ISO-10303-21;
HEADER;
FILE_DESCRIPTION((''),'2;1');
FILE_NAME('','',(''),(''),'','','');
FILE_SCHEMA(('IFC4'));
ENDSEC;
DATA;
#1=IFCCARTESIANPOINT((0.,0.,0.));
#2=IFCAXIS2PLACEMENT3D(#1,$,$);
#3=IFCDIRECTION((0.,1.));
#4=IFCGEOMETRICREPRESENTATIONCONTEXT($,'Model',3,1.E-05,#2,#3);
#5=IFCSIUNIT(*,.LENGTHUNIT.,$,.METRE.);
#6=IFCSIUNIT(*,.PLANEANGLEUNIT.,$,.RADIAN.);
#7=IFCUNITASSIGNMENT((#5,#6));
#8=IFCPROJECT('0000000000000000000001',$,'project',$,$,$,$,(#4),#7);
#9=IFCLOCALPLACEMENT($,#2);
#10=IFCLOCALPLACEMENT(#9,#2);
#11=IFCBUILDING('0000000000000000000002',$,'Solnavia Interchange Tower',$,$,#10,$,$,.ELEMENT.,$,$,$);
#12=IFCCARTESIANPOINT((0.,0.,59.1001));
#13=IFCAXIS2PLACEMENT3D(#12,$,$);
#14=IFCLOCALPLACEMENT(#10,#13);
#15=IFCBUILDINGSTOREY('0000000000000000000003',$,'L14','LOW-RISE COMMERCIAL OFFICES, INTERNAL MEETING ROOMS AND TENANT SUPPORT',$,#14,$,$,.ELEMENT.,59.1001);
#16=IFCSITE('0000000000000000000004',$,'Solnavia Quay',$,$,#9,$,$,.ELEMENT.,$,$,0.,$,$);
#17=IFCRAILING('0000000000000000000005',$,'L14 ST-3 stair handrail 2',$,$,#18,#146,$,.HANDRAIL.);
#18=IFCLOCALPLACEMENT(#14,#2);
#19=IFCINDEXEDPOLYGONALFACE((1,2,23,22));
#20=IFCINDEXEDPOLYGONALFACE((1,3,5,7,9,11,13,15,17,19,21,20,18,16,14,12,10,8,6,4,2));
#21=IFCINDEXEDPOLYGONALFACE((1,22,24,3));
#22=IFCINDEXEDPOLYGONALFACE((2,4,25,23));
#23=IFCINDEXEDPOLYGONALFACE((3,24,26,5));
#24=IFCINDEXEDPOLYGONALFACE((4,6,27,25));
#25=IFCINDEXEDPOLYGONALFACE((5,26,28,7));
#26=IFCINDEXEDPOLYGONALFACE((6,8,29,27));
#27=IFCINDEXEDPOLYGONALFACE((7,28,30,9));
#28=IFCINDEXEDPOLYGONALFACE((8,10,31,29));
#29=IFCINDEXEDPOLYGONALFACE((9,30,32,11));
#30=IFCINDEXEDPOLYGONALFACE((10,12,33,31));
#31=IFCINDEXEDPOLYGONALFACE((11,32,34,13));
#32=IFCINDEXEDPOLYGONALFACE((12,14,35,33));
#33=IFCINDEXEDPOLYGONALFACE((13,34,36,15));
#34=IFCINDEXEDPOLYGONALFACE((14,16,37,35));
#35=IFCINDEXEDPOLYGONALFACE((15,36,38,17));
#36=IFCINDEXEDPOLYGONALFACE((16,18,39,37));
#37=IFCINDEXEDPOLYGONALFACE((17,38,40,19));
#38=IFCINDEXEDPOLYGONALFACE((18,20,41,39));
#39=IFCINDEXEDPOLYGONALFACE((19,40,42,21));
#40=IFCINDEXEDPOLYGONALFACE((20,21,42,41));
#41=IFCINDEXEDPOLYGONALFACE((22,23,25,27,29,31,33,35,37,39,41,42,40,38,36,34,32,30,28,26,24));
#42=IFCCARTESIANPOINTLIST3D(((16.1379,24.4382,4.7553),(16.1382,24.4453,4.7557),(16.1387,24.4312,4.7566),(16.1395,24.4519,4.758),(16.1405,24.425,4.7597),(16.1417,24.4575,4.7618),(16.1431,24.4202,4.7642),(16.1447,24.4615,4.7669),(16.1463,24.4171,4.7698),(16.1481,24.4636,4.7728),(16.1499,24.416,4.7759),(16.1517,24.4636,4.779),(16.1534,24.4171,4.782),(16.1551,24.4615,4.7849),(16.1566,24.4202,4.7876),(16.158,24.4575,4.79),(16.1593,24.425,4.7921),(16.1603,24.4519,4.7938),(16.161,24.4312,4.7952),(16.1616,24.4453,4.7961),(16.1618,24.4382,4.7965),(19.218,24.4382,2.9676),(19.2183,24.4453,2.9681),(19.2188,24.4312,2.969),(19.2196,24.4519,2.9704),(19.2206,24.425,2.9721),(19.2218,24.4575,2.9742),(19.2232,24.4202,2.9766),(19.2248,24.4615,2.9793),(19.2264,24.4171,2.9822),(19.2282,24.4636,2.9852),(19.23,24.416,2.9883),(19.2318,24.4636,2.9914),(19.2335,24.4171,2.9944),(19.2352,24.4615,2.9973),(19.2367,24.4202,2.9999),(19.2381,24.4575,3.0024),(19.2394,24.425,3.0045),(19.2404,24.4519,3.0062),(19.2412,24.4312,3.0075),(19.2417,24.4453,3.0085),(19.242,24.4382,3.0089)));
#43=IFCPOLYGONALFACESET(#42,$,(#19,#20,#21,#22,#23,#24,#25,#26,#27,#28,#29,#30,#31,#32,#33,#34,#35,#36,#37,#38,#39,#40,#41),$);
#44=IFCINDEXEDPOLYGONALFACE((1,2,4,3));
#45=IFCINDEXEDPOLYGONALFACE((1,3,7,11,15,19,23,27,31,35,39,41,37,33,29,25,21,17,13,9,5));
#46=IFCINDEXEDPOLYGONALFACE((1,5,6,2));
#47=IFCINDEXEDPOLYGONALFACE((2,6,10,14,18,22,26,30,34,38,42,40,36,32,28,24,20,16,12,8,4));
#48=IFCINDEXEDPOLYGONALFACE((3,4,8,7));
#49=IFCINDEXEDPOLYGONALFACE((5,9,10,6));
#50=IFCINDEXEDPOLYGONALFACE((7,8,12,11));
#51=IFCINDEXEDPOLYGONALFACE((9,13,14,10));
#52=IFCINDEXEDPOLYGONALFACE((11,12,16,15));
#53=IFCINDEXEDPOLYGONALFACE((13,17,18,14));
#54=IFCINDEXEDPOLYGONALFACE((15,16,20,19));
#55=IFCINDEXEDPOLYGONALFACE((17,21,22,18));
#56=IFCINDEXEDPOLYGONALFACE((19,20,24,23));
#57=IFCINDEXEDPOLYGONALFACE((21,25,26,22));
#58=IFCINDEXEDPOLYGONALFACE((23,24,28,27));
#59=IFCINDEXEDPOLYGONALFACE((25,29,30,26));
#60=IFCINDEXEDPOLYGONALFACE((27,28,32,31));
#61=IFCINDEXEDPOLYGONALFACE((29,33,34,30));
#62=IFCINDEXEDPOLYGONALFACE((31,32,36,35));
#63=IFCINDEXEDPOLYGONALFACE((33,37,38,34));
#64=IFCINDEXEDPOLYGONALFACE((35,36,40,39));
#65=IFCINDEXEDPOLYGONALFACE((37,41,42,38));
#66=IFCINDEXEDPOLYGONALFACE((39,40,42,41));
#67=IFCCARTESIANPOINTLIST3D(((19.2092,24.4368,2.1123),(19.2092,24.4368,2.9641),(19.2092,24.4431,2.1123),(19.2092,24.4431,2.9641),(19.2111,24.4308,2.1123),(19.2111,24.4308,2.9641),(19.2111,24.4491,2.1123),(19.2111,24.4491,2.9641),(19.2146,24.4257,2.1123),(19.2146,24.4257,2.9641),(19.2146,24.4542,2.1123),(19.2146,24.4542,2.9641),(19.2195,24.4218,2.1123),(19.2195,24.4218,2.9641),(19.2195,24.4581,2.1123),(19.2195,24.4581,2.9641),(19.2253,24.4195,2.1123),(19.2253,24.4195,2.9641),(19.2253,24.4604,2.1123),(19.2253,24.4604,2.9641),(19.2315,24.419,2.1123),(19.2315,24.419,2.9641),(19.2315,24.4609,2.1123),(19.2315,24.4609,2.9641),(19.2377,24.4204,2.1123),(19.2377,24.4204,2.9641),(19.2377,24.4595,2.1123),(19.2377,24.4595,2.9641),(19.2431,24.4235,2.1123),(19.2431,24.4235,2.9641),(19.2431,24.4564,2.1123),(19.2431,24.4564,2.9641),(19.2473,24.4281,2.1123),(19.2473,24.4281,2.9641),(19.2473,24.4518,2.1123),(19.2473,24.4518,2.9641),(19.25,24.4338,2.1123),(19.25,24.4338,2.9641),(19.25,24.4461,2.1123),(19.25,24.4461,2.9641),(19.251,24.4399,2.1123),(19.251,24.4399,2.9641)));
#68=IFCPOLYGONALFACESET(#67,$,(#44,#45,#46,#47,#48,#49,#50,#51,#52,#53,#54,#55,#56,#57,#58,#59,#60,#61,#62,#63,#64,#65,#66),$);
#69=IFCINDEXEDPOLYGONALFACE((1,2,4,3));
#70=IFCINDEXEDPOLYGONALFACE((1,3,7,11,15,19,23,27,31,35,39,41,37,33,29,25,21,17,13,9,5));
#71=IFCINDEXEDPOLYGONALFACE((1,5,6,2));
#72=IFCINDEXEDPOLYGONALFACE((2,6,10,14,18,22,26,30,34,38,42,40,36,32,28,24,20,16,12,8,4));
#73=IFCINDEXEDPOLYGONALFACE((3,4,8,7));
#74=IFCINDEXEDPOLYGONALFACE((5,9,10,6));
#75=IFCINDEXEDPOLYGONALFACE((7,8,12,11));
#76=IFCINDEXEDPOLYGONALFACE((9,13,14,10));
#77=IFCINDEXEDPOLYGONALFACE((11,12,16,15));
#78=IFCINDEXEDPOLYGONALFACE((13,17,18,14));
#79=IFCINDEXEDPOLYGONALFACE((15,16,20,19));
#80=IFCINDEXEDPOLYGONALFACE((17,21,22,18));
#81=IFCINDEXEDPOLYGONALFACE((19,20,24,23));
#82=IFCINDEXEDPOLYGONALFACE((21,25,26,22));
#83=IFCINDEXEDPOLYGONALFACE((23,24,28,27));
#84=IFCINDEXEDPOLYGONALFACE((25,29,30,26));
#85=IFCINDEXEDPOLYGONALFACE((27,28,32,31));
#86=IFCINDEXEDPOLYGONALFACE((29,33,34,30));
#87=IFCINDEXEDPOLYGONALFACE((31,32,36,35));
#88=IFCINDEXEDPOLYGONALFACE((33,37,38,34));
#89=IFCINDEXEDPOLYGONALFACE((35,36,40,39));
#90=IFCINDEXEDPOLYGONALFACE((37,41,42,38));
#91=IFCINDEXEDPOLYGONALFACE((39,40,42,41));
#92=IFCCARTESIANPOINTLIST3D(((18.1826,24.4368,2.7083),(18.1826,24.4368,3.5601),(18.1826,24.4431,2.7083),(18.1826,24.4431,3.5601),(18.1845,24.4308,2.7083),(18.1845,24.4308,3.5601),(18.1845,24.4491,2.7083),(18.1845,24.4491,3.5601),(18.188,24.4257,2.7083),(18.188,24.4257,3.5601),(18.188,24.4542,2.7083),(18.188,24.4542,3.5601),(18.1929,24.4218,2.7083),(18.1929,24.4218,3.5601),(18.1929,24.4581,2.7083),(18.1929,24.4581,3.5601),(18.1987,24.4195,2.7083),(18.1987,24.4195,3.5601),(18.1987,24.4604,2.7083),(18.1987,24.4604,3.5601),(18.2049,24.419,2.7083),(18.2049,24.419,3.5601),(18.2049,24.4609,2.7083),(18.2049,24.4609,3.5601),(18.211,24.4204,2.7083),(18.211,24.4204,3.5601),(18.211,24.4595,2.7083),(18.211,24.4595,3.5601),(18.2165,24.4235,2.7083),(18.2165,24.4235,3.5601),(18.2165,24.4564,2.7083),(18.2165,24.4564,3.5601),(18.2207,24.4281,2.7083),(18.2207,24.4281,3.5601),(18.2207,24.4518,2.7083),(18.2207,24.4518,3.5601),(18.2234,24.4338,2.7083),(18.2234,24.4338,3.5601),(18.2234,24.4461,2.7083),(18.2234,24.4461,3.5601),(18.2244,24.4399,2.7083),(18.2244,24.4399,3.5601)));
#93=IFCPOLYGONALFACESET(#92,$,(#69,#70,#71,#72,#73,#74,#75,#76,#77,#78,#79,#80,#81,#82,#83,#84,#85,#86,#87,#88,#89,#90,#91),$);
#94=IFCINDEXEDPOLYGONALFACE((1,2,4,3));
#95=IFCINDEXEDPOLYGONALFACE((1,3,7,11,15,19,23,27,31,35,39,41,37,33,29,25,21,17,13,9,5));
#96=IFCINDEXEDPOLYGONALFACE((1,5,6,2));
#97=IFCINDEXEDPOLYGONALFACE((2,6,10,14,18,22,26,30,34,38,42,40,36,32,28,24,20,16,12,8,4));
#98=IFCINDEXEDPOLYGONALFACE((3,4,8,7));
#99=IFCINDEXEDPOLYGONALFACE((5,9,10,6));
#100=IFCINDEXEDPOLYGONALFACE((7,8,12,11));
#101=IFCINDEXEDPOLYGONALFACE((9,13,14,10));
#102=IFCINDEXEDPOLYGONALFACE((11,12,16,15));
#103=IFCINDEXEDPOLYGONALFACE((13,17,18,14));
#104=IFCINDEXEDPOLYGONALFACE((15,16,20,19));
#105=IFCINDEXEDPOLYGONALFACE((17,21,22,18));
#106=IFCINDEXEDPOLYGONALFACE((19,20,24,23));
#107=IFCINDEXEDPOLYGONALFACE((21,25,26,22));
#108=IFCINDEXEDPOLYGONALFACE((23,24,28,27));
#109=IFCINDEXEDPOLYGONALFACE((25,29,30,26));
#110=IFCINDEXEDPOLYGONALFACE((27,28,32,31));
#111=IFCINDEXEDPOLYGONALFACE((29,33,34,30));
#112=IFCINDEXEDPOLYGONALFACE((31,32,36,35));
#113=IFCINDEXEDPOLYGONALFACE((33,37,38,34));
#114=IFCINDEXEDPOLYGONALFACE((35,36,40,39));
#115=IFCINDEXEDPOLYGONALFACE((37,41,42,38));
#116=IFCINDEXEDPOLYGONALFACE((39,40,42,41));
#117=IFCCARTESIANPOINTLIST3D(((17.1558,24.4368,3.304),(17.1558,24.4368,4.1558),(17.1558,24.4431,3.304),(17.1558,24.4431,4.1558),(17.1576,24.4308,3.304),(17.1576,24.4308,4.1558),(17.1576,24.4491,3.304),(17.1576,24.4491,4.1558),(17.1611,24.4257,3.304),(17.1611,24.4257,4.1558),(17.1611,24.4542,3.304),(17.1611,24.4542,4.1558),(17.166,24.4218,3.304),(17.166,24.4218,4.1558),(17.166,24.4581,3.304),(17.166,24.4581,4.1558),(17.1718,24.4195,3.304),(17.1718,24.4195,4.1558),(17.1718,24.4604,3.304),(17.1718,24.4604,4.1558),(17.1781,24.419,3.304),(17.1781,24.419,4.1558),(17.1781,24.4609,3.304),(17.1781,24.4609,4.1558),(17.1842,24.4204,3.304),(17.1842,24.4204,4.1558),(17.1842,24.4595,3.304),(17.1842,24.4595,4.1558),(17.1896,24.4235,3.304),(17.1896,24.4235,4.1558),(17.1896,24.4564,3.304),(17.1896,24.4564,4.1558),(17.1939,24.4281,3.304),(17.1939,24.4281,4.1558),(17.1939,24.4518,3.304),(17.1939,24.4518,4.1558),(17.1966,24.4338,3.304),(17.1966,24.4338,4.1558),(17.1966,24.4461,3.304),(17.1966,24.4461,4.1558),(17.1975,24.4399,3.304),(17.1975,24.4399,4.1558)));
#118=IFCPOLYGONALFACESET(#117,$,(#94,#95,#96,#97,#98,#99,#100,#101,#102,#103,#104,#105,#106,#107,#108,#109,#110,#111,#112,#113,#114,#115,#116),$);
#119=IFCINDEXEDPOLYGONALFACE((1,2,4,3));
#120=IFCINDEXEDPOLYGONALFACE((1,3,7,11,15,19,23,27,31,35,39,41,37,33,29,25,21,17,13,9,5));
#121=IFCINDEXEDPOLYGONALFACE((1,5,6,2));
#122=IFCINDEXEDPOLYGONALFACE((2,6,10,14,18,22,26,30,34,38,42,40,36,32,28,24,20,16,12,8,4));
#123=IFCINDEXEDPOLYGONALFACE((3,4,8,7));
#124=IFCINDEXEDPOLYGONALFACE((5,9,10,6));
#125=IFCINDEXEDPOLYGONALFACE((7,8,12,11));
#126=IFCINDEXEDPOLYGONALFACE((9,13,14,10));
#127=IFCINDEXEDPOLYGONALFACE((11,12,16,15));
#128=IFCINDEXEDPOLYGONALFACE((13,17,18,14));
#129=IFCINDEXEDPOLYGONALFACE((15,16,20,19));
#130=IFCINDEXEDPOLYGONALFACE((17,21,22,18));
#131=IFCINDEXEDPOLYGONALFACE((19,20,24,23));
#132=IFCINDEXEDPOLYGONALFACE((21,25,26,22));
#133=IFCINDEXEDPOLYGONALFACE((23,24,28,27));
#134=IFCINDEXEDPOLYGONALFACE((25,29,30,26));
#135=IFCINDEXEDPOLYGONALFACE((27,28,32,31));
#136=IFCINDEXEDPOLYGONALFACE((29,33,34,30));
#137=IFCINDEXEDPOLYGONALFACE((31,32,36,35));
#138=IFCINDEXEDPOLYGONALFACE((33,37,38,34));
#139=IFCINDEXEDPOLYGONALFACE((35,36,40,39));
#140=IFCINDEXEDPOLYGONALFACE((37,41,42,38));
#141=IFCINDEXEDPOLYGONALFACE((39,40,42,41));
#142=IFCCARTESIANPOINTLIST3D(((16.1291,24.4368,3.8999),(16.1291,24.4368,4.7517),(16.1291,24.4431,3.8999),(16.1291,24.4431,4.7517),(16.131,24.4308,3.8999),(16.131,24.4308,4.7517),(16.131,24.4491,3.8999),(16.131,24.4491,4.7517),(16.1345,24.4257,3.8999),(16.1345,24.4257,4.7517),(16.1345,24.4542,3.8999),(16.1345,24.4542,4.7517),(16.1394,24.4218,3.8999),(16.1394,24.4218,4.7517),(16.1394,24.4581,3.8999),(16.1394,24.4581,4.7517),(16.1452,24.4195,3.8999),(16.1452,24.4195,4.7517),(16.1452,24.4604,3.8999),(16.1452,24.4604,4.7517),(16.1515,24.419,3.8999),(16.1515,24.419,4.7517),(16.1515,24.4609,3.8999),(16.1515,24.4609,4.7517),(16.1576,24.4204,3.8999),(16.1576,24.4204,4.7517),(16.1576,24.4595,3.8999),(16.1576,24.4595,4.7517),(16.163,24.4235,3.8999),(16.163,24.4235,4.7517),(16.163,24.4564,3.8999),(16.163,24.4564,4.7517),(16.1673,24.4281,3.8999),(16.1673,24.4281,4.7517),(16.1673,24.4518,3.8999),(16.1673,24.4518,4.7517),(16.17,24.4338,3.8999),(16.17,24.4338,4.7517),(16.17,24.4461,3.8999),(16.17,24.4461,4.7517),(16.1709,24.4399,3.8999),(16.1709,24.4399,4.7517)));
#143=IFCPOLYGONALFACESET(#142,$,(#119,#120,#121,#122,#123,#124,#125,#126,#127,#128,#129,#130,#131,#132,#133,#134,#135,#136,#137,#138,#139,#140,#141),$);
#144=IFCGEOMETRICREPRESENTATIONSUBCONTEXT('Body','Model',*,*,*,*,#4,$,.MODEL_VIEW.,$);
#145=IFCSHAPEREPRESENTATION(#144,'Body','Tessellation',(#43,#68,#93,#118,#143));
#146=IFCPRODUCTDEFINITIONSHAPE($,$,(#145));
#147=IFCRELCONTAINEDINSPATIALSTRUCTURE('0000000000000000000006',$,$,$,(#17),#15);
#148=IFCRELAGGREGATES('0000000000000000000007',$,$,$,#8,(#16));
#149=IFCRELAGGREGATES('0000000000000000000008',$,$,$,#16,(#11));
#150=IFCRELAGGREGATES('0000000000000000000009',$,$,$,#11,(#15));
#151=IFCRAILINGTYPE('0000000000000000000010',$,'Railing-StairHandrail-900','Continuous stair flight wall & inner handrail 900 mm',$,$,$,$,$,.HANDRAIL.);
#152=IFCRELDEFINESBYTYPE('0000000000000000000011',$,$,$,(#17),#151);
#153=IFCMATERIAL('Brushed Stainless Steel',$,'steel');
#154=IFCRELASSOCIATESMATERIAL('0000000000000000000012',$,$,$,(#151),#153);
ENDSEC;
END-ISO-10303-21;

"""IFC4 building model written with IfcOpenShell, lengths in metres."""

from ifc_helpers import new_model, si_unit, direction, frame, origin, origin_2d, place, context, subcontext, project, spatial, circle, extrude, material, type_object, element, save


model = new_model("IFC4")

# Units and contexts
model_context = context("Model", 3, precision=1e-05, world=origin(), true_north=direction((0.0, 1.0)))
body_context = subcontext(model_context, "Body", "Model", "MODEL_VIEW")
ifc_project = project(units=[si_unit("LENGTHUNIT", "METRE"), si_unit("PLANEANGLEUNIT", "RADIAN")], contexts=[model_context])

# Site, building, storey
site_placement = place(None, origin())
site = spatial("IfcSite", under=ifc_project, at=site_placement, Name="Solnavia Quay", CompositionType="ELEMENT", RefElevation=0.0)
building_placement = place(site_placement, origin())
building = spatial("IfcBuilding", under=site, at=building_placement, Name="Solnavia Interchange Tower", CompositionType="ELEMENT")
storey_placement = place(building_placement, frame((0.0, 0.0, 59.1001)))
storey = spatial("IfcBuildingStorey", under=building, at=storey_placement, Name="L14", Description="LOW-RISE COMMERCIAL OFFICES, INTERNAL MEETING ROOMS AND TENANT SUPPORT", CompositionType="ELEMENT", Elevation=59.1001)

# Railing
ifc_material_1 = material(Name="Brushed Stainless Steel", Category="steel")
railing_type_1 = type_object("IfcRailingType", Name="Railing-StairHandrail-900", Description="Continuous stair flight wall & inner handrail 900 mm", PredefinedType="HANDRAIL", material=ifc_material_1)
railing_1_placement = place(storey_placement, frame((19.23, 24.4399, 2.1123)))
element("IfcRailing", 1, at=railing_1_placement, inside=storey, type_object=railing_type_1, Name="L14 ST-3 stair handrail 2", PredefinedType="HANDRAIL", context=body_context, shape_type="SweptSolid", body=[
    extrude(circle(Radius=0.0239, at=origin_2d()), frame((0.0, 0.0, 0.876), z_axis=(-0.864891, 0.0, 0.50196), x_axis=(0.0, -1.0, 0.0)), (0.0, 0.0, 1.0), 3.5613),
    extrude(circle(Radius=0.021, at=origin_2d()), origin(), (0.0, 0.0, 1.0), 0.8518),
    extrude(circle(Radius=0.021, at=origin_2d()), frame((-1.0266, 0.0, 0.5959)), (0.0, 0.0, 1.0), 0.8518),
    extrude(circle(Radius=0.021, at=origin_2d()), frame((-2.0535, 0.0, 1.1917)), (0.0, 0.0, 1.0), 0.8518),
    extrude(circle(Radius=0.021, at=origin_2d()), frame((-3.0801, 0.0, 1.7876)), (0.0, 0.0, 1.0), 0.8518),
])

save(model, "model.ifc")
